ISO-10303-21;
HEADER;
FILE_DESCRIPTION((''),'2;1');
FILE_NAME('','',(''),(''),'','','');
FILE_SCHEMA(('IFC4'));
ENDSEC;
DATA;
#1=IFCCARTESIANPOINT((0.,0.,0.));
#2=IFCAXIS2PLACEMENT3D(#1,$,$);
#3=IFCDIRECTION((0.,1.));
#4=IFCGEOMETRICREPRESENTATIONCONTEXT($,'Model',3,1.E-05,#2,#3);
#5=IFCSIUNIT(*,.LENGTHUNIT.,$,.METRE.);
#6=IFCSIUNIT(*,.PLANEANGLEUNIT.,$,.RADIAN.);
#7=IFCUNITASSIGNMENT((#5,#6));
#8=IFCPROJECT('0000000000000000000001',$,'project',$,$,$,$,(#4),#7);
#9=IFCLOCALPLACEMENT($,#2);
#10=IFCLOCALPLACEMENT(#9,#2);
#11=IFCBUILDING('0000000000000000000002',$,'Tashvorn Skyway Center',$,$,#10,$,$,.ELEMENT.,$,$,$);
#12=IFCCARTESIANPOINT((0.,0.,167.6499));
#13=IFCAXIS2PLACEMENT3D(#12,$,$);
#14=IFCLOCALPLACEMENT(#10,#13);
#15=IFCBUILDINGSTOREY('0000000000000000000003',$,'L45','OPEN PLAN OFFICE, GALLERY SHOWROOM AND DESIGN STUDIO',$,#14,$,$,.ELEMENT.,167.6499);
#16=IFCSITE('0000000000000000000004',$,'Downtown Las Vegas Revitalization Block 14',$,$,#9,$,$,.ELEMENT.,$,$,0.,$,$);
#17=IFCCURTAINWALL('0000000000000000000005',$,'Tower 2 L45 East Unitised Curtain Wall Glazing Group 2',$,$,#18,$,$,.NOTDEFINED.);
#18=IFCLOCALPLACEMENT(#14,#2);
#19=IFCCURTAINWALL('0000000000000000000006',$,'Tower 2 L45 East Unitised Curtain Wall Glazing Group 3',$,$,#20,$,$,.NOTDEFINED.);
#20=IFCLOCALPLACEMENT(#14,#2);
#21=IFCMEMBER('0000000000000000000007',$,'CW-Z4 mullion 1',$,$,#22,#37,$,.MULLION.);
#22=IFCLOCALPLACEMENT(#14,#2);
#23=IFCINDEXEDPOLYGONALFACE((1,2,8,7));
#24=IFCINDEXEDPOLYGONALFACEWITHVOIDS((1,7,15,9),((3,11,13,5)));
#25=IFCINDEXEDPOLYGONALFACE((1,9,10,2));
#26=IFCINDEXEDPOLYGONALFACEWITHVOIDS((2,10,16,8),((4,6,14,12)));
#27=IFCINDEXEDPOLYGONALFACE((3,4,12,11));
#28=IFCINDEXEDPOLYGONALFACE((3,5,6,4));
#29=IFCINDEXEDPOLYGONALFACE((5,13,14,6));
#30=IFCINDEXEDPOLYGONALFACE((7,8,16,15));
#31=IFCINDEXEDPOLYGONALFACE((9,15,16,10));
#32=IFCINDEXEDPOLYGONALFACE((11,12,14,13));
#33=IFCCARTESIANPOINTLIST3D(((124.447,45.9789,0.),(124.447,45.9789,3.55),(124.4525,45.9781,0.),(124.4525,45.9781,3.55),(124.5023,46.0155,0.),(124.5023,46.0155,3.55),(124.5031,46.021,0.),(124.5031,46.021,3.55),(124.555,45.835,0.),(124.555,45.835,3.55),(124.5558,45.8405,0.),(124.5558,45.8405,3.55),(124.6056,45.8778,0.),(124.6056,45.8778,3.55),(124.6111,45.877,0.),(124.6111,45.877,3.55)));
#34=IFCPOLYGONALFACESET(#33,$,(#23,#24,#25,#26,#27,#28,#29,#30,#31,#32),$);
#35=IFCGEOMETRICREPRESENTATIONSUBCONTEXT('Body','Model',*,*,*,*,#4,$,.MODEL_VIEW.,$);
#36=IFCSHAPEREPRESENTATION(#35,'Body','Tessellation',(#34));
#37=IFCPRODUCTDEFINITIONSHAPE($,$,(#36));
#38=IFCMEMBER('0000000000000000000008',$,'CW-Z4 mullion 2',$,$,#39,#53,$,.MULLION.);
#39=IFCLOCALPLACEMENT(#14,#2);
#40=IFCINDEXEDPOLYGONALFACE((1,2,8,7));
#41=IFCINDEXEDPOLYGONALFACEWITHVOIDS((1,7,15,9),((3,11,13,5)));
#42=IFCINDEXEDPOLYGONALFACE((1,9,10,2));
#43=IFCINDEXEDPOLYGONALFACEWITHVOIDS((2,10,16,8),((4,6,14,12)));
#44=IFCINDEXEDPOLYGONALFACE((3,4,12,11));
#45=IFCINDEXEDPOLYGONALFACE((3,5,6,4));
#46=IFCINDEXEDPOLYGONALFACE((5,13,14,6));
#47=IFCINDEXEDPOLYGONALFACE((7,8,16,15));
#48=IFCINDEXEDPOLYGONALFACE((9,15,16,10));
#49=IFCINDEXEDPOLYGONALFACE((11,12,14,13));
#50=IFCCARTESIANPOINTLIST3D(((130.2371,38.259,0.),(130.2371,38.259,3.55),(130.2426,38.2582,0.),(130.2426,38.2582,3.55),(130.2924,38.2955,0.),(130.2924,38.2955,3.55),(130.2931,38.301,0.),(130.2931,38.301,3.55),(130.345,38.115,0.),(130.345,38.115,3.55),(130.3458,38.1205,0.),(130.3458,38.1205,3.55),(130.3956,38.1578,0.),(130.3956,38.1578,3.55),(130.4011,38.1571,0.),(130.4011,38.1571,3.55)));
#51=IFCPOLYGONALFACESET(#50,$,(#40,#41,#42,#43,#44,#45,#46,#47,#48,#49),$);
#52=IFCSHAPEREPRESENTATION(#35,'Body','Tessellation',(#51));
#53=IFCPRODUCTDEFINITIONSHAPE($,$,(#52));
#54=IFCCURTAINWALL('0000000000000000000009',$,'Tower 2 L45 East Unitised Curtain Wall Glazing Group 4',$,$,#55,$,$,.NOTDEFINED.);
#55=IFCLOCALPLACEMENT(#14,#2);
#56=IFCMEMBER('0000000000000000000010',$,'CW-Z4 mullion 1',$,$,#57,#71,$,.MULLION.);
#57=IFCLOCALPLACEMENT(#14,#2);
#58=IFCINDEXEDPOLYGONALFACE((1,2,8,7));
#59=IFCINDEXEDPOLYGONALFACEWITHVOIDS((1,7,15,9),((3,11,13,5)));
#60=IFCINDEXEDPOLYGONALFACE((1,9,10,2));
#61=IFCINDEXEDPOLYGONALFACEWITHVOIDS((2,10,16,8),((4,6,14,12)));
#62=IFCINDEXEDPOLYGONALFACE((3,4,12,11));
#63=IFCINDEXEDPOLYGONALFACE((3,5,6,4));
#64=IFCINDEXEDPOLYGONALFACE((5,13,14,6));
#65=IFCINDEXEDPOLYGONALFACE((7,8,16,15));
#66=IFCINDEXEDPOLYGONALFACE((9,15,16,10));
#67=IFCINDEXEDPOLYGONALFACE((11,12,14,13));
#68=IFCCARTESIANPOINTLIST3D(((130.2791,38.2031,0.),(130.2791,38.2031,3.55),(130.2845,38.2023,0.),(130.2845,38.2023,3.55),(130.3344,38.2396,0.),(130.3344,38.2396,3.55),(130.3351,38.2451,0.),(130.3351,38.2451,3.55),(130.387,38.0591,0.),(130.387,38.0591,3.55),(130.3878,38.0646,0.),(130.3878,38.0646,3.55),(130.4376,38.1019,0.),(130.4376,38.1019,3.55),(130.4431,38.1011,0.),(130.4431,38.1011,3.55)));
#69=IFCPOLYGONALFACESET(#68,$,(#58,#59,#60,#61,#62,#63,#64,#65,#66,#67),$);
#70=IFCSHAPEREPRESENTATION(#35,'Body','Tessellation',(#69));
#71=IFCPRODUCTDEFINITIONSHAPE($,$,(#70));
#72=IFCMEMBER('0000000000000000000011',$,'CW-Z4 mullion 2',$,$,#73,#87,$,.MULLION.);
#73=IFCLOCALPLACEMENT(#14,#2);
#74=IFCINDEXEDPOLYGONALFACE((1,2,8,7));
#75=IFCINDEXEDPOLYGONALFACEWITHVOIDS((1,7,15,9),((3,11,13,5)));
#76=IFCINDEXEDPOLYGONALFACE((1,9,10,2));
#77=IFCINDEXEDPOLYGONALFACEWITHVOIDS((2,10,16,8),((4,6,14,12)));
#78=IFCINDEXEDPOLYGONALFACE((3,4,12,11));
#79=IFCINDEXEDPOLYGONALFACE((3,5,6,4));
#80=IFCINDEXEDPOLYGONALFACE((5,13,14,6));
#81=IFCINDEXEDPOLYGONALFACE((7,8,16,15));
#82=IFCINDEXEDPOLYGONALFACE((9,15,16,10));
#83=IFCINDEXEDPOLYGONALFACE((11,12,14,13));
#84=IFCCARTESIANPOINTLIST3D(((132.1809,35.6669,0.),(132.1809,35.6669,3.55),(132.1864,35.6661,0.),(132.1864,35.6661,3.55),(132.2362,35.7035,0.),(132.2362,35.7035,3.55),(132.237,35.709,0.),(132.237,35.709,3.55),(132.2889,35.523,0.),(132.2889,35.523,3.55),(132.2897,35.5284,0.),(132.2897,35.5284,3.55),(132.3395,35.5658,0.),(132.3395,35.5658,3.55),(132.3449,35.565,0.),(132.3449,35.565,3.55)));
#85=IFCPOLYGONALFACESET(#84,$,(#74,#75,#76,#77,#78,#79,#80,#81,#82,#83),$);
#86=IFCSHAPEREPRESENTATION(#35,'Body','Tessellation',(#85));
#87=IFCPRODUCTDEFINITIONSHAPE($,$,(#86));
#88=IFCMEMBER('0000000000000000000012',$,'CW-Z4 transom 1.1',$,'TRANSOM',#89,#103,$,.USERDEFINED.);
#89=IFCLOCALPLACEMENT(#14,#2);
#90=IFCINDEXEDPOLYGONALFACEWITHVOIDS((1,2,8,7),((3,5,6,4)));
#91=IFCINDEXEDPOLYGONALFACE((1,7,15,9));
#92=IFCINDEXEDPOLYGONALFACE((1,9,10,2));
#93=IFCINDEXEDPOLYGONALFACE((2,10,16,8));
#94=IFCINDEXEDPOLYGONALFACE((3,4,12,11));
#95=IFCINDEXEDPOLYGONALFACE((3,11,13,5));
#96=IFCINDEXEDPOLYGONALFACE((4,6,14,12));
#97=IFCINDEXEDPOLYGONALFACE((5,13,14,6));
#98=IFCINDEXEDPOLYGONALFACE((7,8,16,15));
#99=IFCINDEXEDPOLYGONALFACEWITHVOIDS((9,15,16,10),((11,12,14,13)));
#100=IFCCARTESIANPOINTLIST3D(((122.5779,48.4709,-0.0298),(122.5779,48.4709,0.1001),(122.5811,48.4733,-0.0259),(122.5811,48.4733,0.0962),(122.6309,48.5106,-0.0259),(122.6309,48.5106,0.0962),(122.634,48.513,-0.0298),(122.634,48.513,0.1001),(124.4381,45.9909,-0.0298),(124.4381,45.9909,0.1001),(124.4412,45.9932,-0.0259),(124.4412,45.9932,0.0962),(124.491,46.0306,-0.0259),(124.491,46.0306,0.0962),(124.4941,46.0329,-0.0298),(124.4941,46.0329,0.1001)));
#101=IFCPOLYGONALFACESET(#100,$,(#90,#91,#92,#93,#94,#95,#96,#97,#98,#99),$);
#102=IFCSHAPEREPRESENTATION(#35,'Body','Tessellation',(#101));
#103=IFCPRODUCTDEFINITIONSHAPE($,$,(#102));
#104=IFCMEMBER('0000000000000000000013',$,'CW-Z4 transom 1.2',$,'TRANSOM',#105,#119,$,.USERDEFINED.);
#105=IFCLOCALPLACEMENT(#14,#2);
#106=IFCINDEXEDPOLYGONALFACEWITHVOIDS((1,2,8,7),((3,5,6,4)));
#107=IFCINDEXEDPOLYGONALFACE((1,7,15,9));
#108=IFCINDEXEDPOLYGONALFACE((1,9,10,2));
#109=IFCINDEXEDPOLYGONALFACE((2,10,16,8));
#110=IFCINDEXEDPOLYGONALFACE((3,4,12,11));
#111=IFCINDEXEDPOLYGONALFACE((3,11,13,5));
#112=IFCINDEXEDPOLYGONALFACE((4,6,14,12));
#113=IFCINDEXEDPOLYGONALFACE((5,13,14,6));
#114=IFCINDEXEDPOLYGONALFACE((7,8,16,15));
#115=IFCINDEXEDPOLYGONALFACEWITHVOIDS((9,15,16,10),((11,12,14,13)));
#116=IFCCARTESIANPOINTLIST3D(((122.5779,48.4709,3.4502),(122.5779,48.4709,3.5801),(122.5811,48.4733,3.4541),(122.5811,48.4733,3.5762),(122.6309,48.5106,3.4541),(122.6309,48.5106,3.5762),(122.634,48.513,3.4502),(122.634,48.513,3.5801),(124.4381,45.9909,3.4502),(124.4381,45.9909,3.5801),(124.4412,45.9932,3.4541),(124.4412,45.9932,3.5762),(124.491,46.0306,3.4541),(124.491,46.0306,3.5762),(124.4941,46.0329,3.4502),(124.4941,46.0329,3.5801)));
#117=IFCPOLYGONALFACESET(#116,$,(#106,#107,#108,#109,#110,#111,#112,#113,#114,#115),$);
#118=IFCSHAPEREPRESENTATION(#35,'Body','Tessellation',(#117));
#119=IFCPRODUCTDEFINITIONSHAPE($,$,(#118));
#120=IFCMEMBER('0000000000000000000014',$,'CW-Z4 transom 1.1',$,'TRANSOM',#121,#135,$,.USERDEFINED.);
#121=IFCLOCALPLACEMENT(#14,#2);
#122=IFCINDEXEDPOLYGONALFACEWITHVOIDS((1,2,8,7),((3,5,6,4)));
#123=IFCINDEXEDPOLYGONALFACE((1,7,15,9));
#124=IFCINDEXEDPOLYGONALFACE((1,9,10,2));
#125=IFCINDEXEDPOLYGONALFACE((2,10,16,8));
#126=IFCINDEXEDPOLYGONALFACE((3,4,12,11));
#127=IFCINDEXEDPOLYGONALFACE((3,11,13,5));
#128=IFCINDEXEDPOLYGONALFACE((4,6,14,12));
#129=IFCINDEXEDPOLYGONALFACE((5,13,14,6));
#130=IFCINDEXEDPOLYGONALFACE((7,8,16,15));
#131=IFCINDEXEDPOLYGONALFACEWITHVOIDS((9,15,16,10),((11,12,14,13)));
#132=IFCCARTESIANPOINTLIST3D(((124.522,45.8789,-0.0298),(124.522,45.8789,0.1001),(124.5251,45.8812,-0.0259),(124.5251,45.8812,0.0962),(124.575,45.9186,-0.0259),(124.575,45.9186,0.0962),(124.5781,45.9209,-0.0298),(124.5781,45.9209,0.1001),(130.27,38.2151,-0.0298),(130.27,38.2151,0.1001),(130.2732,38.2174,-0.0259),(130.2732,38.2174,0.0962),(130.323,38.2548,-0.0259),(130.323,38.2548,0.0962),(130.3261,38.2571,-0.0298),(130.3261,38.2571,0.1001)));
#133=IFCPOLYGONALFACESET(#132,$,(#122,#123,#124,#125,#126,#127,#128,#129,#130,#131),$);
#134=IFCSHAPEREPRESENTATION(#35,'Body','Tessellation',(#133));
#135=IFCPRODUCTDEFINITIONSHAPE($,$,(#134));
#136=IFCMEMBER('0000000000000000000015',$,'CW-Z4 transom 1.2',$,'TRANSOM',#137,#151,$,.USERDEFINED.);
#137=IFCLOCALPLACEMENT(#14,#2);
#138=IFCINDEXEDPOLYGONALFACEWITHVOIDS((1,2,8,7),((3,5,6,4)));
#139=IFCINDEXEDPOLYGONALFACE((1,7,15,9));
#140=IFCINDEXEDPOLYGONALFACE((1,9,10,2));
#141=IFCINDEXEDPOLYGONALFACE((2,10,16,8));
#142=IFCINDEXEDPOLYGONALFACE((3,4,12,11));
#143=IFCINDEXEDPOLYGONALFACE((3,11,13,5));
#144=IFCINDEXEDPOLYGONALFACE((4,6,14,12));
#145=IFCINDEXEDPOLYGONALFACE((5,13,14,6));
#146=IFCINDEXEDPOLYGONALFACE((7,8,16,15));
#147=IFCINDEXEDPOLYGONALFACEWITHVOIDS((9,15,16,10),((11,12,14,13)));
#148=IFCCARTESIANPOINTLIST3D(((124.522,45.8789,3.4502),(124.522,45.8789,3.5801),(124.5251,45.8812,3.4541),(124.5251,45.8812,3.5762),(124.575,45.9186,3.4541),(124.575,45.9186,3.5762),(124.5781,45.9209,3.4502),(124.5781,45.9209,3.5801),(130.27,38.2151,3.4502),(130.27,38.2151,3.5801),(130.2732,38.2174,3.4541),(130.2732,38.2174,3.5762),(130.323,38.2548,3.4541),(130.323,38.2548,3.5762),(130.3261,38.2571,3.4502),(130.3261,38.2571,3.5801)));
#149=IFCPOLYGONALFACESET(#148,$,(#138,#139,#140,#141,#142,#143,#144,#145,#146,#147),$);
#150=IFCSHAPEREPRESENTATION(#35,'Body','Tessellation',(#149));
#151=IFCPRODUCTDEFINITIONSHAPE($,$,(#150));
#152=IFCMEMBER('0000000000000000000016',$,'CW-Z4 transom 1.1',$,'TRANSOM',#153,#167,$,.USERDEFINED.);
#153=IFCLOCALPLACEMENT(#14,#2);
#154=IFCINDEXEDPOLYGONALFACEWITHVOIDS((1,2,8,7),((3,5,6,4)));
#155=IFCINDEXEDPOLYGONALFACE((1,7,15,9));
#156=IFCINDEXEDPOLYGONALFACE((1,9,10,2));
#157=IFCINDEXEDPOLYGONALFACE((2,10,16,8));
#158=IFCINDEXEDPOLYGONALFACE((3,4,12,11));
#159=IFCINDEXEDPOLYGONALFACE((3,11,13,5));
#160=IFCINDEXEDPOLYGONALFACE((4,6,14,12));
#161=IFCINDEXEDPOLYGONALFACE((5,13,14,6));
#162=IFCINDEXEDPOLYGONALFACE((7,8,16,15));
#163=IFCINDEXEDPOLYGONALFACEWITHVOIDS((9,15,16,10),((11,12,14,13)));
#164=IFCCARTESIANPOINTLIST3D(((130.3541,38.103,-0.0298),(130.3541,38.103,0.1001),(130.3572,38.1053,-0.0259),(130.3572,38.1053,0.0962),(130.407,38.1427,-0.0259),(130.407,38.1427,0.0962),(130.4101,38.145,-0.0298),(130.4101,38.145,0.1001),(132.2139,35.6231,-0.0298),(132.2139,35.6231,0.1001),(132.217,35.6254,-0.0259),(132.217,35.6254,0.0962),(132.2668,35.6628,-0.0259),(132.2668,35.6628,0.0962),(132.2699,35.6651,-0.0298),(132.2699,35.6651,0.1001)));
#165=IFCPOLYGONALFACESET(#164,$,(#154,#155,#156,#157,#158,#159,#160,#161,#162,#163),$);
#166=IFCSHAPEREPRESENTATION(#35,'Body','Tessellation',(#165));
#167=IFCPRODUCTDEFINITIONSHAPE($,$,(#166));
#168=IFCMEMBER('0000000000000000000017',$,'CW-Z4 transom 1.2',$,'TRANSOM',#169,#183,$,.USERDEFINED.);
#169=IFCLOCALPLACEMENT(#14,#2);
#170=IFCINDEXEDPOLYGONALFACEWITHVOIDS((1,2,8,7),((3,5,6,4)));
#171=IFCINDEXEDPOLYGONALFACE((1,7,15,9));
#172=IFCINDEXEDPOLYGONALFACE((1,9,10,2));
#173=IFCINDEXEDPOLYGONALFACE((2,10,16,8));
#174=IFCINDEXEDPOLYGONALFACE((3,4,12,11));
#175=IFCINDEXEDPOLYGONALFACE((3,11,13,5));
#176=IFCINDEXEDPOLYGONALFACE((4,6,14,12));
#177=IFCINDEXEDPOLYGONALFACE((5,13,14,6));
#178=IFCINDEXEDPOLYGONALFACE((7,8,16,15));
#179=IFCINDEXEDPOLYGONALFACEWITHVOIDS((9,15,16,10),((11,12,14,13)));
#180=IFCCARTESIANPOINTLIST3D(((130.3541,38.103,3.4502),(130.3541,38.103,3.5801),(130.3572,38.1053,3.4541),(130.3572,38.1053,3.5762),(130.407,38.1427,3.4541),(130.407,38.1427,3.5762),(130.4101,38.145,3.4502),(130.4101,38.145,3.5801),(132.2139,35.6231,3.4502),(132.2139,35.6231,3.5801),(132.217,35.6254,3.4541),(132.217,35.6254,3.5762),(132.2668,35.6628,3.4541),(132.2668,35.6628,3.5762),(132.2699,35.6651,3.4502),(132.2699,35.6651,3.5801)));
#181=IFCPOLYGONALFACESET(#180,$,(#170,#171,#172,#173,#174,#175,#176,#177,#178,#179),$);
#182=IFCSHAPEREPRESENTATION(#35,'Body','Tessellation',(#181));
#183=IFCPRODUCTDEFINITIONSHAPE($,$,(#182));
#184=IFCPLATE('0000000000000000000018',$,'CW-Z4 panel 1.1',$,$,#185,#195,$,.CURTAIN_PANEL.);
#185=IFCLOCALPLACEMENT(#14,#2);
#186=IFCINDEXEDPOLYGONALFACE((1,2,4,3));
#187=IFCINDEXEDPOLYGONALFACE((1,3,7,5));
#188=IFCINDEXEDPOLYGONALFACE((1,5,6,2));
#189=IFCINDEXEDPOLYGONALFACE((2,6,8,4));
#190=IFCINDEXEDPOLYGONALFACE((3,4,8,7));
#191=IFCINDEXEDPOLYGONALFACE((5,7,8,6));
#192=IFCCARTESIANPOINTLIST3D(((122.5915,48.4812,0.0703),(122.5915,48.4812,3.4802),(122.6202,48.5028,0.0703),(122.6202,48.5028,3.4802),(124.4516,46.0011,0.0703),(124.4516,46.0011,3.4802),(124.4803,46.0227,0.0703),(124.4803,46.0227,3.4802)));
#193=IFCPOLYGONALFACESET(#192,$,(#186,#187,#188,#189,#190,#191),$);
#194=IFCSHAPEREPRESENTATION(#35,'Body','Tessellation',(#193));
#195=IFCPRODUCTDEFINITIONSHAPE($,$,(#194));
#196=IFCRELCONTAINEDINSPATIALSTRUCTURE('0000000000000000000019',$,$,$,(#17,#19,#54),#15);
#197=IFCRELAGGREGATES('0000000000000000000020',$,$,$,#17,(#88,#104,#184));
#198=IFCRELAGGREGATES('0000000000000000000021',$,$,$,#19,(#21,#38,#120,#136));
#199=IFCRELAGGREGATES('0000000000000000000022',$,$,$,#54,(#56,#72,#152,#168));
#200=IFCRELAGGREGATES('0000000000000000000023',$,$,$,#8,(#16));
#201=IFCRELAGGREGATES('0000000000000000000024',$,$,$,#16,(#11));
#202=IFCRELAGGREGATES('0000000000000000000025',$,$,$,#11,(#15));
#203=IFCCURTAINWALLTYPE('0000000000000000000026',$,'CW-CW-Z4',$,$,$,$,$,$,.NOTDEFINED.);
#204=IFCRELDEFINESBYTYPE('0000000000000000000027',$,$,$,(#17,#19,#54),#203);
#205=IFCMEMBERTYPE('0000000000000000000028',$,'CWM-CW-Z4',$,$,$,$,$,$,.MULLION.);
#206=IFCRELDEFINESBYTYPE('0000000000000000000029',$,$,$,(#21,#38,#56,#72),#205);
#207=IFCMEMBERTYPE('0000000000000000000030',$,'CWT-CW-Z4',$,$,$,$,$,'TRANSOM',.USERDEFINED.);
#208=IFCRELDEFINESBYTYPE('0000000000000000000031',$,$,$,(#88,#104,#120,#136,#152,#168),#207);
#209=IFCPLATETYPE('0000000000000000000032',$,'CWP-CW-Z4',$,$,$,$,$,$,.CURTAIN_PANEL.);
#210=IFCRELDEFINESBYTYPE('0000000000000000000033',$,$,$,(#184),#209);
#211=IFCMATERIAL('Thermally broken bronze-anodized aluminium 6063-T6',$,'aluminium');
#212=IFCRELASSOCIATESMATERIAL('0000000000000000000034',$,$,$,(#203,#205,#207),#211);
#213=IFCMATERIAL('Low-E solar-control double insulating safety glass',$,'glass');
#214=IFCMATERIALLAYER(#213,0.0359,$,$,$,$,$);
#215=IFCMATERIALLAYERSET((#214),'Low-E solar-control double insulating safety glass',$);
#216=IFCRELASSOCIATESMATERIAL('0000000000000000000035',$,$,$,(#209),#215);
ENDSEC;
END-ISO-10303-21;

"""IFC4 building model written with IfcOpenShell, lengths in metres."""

from ifc_helpers import new_model, si_unit, direction, frame, origin, origin_2d, place, context, subcontext, project, spatial, rectangle, hollow_rectangle, extrude, material, layer, layer_set, material_profile, profile_set, type_object, element, aggregate, save


model = new_model("IFC4")

# Units and contexts
model_context = context("Model", 3, precision=1e-05, world=origin(), true_north=direction((0.0, 1.0)))
body_context = subcontext(model_context, "Body", "Model", "MODEL_VIEW")
ifc_project = project(units=[si_unit("LENGTHUNIT", "METRE"), si_unit("PLANEANGLEUNIT", "RADIAN")], contexts=[model_context])

# Site, building, storey
site_placement = place(None, origin())
site = spatial("IfcSite", under=ifc_project, at=site_placement, Name="Downtown Las Vegas Revitalization Block 14", CompositionType="ELEMENT", RefElevation=0.0)
building_placement = place(site_placement, origin())
building = spatial("IfcBuilding", under=site, at=building_placement, Name="Tashvorn Skyway Center", CompositionType="ELEMENT")
storey_placement = place(building_placement, frame((0.0, 0.0, 167.6499)))
storey = spatial("IfcBuildingStorey", under=building, at=storey_placement, Name="L45", Description="OPEN PLAN OFFICE, GALLERY SHOWROOM AND DESIGN STUDIO", CompositionType="ELEMENT", Elevation=167.6499)

# Curtain walls, members
ifc_material_1 = material(Name="Thermally broken bronze-anodized aluminium 6063-T6", Category="aluminium")
curtain_wall_type = type_object("IfcCurtainWallType", Name="CW-CW-Z4", PredefinedType="NOTDEFINED", material=ifc_material_1)
curtain_wall_1_placement = place(storey_placement, origin())
curtain_wall_1 = element("IfcCurtainWall", 1, at=curtain_wall_1_placement, inside=storey, type_object=curtain_wall_type, Name="Tower 2 L45 East Unitised Curtain Wall Glazing Group 2", PredefinedType="NOTDEFINED")
ifc_material_profile_1 = material_profile(ifc_material_1, hollow_rectangle(XDim=0.0701, YDim=0.1799, WallThickness=0.0039, at=origin_2d()), Name="ALU-MULL-70x180")
ifc_profile_set_1 = profile_set([ifc_material_profile_1], Name="Thermally broken bronze-anodized aluminium 6063-T6")
member_type_1 = type_object("IfcMemberType", Name="CWM-CW-Z4", PredefinedType="MULLION", material=ifc_profile_set_1)
curtain_wall_2_placement = place(storey_placement, origin())
curtain_wall_2 = element("IfcCurtainWall", 2, at=curtain_wall_2_placement, inside=storey, type_object=curtain_wall_type, Name="Tower 2 L45 East Unitised Curtain Wall Glazing Group 3", PredefinedType="NOTDEFINED")
member_1_placement = place(storey_placement, frame((124.5291, 45.928, 0.0), z_axis=(0.0, 0.0, 1.0), x_axis=(0.8, 0.6, 0.0)))
member_1 = element("IfcMember", 3, at=member_1_placement, type_object=member_type_1, Name="CW-Z4 mullion 1", PredefinedType="MULLION", context=body_context, shape_type="SweptSolid", body=[
    extrude(hollow_rectangle(XDim=0.0701, YDim=0.1799, WallThickness=0.0039, at=origin_2d()), origin(), (0.0, 0.0, 1.0), 3.55),
])
member_2_placement = place(storey_placement, frame((130.3191, 38.208, 0.0), z_axis=(0.0, 0.0, 1.0), x_axis=(0.8, 0.6, 0.0)))
member_2 = element("IfcMember", 4, at=member_2_placement, type_object=member_type_1, Name="CW-Z4 mullion 2", PredefinedType="MULLION", context=body_context, shape_type="SweptSolid", body=[
    extrude(hollow_rectangle(XDim=0.0701, YDim=0.1799, WallThickness=0.0039, at=origin_2d()), origin(), (0.0, 0.0, 1.0), 3.55),
])
curtain_wall_3_placement = place(storey_placement, origin())
curtain_wall_3 = element("IfcCurtainWall", 5, at=curtain_wall_3_placement, inside=storey, type_object=curtain_wall_type, Name="Tower 2 L45 East Unitised Curtain Wall Glazing Group 4", PredefinedType="NOTDEFINED")
member_3_placement = place(storey_placement, frame((130.3611, 38.1521, 0.0), z_axis=(0.0, 0.0, 1.0), x_axis=(0.8, 0.6, 0.0)))
member_3 = element("IfcMember", 6, at=member_3_placement, type_object=member_type_1, Name="CW-Z4 mullion 1", PredefinedType="MULLION", context=body_context, shape_type="SweptSolid", body=[
    extrude(hollow_rectangle(XDim=0.0701, YDim=0.1799, WallThickness=0.0039, at=origin_2d()), origin(), (0.0, 0.0, 1.0), 3.55),
])
member_4_placement = place(storey_placement, frame((132.2629, 35.616, 0.0), z_axis=(0.0, 0.0, 1.0), x_axis=(0.8, 0.6, 0.0)))
member_4 = element("IfcMember", 7, at=member_4_placement, type_object=member_type_1, Name="CW-Z4 mullion 2", PredefinedType="MULLION", context=body_context, shape_type="SweptSolid", body=[
    extrude(hollow_rectangle(XDim=0.0701, YDim=0.1799, WallThickness=0.0039, at=origin_2d()), origin(), (0.0, 0.0, 1.0), 3.55),
])

# Members
ifc_material_profile_2 = material_profile(ifc_material_1, hollow_rectangle(XDim=0.0701, YDim=0.1299, WallThickness=0.0039, at=origin_2d()), Name="ALU-TRAN-70x130")
ifc_profile_set_2 = profile_set([ifc_material_profile_2], Name="Thermally broken bronze-anodized aluminium 6063-T6")
member_type_2 = type_object("IfcMemberType", Name="CWT-CW-Z4", ElementType="TRANSOM", PredefinedType="USERDEFINED", material=ifc_profile_set_2)
member_5_placement = place(storey_placement, frame((122.606, 48.4919, 0.0352), z_axis=(0.600025, -0.799981, 0.0), x_axis=(0.799981, 0.600025, 0.0)))
member_5 = element("IfcMember", 8, at=member_5_placement, type_object=member_type_2, Name="CW-Z4 transom 1.1", ObjectType="TRANSOM", PredefinedType="USERDEFINED", context=body_context, shape_type="SweptSolid", body=[
    extrude(hollow_rectangle(XDim=0.0701, YDim=0.1299, WallThickness=0.0039, at=origin_2d()), origin(), (0.0, 0.0, 1.0), 3.1001),
])
member_6_placement = place(storey_placement, frame((122.606, 48.4919, 3.5151), z_axis=(0.600025, -0.799981, 0.0), x_axis=(0.799981, 0.600025, 0.0)))
member_6 = element("IfcMember", 9, at=member_6_placement, type_object=member_type_2, Name="CW-Z4 transom 1.2", ObjectType="TRANSOM", PredefinedType="USERDEFINED", context=body_context, shape_type="SweptSolid", body=[
    extrude(hollow_rectangle(XDim=0.0701, YDim=0.1299, WallThickness=0.0039, at=origin_2d()), origin(), (0.0, 0.0, 1.0), 3.1001),
])
member_7_placement = place(storey_placement, frame((124.55, 45.8999, 0.0352), z_axis=(0.600012, -0.799991, 0.0), x_axis=(0.799991, 0.600012, 0.0)))
member_7 = element("IfcMember", 10, at=member_7_placement, type_object=member_type_2, Name="CW-Z4 transom 1.1", ObjectType="TRANSOM", PredefinedType="USERDEFINED", context=body_context, shape_type="SweptSolid", body=[
    extrude(hollow_rectangle(XDim=0.0701, YDim=0.1299, WallThickness=0.0039, at=origin_2d()), origin(), (0.0, 0.0, 1.0), 9.5798),
])
member_8_placement = place(storey_placement, frame((124.55, 45.8999, 3.5151), z_axis=(0.600012, -0.799991, 0.0), x_axis=(0.799991, 0.600012, 0.0)))
member_8 = element("IfcMember", 11, at=member_8_placement, type_object=member_type_2, Name="CW-Z4 transom 1.2", ObjectType="TRANSOM", PredefinedType="USERDEFINED", context=body_context, shape_type="SweptSolid", body=[
    extrude(hollow_rectangle(XDim=0.0701, YDim=0.1299, WallThickness=0.0039, at=origin_2d()), origin(), (0.0, 0.0, 1.0), 9.5798),
])
member_9_placement = place(storey_placement, frame((130.3821, 38.124, 0.0352), z_axis=(0.599975, -0.800019, 0.0), x_axis=(0.800019, 0.599975, 0.0)))
member_9 = element("IfcMember", 12, at=member_9_placement, type_object=member_type_2, Name="CW-Z4 transom 1.1", ObjectType="TRANSOM", PredefinedType="USERDEFINED", context=body_context, shape_type="SweptSolid", body=[
    extrude(hollow_rectangle(XDim=0.0701, YDim=0.1299, WallThickness=0.0039, at=origin_2d()), origin(), (0.0, 0.0, 1.0), 3.0999),
])
member_10_placement = place(storey_placement, frame((130.3821, 38.124, 3.5151), z_axis=(0.599975, -0.800019, 0.0), x_axis=(0.800019, 0.599975, 0.0)))
member_10 = element("IfcMember", 13, at=member_10_placement, type_object=member_type_2, Name="CW-Z4 transom 1.2", ObjectType="TRANSOM", PredefinedType="USERDEFINED", context=body_context, shape_type="SweptSolid", body=[
    extrude(hollow_rectangle(XDim=0.0701, YDim=0.1299, WallThickness=0.0039, at=origin_2d()), origin(), (0.0, 0.0, 1.0), 3.0999),
])

# Plate
ifc_material_2 = material(Name="Low-E solar-control double insulating safety glass", Category="glass")
ifc_layer_1 = layer(ifc_material_2, 0.0359)
ifc_layer_set_1 = layer_set([ifc_layer_1], Name="Low-E solar-control double insulating safety glass")
plate_type = type_object("IfcPlateType", Name="CWP-CW-Z4", PredefinedType="CURTAIN_PANEL", material=ifc_layer_set_1)
plate_1_placement = place(storey_placement, frame((123.5359, 47.252, 0.0703), z_axis=(0.0, 0.0, 1.0), x_axis=(0.6, -0.8, 0.0)))
plate_1 = element("IfcPlate", 14, at=plate_1_placement, type_object=plate_type, Name="CW-Z4 panel 1.1", PredefinedType="CURTAIN_PANEL", context=body_context, shape_type="SweptSolid", body=[
    extrude(rectangle(XDim=3.1001, YDim=0.0359, at=origin_2d()), origin(), (0.0, 0.0, 1.0), 3.4099),
])
aggregate(curtain_wall_1, [member_5, member_6, plate_1])
aggregate(curtain_wall_2, [member_1, member_2, member_7, member_8])
aggregate(curtain_wall_3, [member_3, member_4, member_9, member_10])

save(model, "model.ifc")
